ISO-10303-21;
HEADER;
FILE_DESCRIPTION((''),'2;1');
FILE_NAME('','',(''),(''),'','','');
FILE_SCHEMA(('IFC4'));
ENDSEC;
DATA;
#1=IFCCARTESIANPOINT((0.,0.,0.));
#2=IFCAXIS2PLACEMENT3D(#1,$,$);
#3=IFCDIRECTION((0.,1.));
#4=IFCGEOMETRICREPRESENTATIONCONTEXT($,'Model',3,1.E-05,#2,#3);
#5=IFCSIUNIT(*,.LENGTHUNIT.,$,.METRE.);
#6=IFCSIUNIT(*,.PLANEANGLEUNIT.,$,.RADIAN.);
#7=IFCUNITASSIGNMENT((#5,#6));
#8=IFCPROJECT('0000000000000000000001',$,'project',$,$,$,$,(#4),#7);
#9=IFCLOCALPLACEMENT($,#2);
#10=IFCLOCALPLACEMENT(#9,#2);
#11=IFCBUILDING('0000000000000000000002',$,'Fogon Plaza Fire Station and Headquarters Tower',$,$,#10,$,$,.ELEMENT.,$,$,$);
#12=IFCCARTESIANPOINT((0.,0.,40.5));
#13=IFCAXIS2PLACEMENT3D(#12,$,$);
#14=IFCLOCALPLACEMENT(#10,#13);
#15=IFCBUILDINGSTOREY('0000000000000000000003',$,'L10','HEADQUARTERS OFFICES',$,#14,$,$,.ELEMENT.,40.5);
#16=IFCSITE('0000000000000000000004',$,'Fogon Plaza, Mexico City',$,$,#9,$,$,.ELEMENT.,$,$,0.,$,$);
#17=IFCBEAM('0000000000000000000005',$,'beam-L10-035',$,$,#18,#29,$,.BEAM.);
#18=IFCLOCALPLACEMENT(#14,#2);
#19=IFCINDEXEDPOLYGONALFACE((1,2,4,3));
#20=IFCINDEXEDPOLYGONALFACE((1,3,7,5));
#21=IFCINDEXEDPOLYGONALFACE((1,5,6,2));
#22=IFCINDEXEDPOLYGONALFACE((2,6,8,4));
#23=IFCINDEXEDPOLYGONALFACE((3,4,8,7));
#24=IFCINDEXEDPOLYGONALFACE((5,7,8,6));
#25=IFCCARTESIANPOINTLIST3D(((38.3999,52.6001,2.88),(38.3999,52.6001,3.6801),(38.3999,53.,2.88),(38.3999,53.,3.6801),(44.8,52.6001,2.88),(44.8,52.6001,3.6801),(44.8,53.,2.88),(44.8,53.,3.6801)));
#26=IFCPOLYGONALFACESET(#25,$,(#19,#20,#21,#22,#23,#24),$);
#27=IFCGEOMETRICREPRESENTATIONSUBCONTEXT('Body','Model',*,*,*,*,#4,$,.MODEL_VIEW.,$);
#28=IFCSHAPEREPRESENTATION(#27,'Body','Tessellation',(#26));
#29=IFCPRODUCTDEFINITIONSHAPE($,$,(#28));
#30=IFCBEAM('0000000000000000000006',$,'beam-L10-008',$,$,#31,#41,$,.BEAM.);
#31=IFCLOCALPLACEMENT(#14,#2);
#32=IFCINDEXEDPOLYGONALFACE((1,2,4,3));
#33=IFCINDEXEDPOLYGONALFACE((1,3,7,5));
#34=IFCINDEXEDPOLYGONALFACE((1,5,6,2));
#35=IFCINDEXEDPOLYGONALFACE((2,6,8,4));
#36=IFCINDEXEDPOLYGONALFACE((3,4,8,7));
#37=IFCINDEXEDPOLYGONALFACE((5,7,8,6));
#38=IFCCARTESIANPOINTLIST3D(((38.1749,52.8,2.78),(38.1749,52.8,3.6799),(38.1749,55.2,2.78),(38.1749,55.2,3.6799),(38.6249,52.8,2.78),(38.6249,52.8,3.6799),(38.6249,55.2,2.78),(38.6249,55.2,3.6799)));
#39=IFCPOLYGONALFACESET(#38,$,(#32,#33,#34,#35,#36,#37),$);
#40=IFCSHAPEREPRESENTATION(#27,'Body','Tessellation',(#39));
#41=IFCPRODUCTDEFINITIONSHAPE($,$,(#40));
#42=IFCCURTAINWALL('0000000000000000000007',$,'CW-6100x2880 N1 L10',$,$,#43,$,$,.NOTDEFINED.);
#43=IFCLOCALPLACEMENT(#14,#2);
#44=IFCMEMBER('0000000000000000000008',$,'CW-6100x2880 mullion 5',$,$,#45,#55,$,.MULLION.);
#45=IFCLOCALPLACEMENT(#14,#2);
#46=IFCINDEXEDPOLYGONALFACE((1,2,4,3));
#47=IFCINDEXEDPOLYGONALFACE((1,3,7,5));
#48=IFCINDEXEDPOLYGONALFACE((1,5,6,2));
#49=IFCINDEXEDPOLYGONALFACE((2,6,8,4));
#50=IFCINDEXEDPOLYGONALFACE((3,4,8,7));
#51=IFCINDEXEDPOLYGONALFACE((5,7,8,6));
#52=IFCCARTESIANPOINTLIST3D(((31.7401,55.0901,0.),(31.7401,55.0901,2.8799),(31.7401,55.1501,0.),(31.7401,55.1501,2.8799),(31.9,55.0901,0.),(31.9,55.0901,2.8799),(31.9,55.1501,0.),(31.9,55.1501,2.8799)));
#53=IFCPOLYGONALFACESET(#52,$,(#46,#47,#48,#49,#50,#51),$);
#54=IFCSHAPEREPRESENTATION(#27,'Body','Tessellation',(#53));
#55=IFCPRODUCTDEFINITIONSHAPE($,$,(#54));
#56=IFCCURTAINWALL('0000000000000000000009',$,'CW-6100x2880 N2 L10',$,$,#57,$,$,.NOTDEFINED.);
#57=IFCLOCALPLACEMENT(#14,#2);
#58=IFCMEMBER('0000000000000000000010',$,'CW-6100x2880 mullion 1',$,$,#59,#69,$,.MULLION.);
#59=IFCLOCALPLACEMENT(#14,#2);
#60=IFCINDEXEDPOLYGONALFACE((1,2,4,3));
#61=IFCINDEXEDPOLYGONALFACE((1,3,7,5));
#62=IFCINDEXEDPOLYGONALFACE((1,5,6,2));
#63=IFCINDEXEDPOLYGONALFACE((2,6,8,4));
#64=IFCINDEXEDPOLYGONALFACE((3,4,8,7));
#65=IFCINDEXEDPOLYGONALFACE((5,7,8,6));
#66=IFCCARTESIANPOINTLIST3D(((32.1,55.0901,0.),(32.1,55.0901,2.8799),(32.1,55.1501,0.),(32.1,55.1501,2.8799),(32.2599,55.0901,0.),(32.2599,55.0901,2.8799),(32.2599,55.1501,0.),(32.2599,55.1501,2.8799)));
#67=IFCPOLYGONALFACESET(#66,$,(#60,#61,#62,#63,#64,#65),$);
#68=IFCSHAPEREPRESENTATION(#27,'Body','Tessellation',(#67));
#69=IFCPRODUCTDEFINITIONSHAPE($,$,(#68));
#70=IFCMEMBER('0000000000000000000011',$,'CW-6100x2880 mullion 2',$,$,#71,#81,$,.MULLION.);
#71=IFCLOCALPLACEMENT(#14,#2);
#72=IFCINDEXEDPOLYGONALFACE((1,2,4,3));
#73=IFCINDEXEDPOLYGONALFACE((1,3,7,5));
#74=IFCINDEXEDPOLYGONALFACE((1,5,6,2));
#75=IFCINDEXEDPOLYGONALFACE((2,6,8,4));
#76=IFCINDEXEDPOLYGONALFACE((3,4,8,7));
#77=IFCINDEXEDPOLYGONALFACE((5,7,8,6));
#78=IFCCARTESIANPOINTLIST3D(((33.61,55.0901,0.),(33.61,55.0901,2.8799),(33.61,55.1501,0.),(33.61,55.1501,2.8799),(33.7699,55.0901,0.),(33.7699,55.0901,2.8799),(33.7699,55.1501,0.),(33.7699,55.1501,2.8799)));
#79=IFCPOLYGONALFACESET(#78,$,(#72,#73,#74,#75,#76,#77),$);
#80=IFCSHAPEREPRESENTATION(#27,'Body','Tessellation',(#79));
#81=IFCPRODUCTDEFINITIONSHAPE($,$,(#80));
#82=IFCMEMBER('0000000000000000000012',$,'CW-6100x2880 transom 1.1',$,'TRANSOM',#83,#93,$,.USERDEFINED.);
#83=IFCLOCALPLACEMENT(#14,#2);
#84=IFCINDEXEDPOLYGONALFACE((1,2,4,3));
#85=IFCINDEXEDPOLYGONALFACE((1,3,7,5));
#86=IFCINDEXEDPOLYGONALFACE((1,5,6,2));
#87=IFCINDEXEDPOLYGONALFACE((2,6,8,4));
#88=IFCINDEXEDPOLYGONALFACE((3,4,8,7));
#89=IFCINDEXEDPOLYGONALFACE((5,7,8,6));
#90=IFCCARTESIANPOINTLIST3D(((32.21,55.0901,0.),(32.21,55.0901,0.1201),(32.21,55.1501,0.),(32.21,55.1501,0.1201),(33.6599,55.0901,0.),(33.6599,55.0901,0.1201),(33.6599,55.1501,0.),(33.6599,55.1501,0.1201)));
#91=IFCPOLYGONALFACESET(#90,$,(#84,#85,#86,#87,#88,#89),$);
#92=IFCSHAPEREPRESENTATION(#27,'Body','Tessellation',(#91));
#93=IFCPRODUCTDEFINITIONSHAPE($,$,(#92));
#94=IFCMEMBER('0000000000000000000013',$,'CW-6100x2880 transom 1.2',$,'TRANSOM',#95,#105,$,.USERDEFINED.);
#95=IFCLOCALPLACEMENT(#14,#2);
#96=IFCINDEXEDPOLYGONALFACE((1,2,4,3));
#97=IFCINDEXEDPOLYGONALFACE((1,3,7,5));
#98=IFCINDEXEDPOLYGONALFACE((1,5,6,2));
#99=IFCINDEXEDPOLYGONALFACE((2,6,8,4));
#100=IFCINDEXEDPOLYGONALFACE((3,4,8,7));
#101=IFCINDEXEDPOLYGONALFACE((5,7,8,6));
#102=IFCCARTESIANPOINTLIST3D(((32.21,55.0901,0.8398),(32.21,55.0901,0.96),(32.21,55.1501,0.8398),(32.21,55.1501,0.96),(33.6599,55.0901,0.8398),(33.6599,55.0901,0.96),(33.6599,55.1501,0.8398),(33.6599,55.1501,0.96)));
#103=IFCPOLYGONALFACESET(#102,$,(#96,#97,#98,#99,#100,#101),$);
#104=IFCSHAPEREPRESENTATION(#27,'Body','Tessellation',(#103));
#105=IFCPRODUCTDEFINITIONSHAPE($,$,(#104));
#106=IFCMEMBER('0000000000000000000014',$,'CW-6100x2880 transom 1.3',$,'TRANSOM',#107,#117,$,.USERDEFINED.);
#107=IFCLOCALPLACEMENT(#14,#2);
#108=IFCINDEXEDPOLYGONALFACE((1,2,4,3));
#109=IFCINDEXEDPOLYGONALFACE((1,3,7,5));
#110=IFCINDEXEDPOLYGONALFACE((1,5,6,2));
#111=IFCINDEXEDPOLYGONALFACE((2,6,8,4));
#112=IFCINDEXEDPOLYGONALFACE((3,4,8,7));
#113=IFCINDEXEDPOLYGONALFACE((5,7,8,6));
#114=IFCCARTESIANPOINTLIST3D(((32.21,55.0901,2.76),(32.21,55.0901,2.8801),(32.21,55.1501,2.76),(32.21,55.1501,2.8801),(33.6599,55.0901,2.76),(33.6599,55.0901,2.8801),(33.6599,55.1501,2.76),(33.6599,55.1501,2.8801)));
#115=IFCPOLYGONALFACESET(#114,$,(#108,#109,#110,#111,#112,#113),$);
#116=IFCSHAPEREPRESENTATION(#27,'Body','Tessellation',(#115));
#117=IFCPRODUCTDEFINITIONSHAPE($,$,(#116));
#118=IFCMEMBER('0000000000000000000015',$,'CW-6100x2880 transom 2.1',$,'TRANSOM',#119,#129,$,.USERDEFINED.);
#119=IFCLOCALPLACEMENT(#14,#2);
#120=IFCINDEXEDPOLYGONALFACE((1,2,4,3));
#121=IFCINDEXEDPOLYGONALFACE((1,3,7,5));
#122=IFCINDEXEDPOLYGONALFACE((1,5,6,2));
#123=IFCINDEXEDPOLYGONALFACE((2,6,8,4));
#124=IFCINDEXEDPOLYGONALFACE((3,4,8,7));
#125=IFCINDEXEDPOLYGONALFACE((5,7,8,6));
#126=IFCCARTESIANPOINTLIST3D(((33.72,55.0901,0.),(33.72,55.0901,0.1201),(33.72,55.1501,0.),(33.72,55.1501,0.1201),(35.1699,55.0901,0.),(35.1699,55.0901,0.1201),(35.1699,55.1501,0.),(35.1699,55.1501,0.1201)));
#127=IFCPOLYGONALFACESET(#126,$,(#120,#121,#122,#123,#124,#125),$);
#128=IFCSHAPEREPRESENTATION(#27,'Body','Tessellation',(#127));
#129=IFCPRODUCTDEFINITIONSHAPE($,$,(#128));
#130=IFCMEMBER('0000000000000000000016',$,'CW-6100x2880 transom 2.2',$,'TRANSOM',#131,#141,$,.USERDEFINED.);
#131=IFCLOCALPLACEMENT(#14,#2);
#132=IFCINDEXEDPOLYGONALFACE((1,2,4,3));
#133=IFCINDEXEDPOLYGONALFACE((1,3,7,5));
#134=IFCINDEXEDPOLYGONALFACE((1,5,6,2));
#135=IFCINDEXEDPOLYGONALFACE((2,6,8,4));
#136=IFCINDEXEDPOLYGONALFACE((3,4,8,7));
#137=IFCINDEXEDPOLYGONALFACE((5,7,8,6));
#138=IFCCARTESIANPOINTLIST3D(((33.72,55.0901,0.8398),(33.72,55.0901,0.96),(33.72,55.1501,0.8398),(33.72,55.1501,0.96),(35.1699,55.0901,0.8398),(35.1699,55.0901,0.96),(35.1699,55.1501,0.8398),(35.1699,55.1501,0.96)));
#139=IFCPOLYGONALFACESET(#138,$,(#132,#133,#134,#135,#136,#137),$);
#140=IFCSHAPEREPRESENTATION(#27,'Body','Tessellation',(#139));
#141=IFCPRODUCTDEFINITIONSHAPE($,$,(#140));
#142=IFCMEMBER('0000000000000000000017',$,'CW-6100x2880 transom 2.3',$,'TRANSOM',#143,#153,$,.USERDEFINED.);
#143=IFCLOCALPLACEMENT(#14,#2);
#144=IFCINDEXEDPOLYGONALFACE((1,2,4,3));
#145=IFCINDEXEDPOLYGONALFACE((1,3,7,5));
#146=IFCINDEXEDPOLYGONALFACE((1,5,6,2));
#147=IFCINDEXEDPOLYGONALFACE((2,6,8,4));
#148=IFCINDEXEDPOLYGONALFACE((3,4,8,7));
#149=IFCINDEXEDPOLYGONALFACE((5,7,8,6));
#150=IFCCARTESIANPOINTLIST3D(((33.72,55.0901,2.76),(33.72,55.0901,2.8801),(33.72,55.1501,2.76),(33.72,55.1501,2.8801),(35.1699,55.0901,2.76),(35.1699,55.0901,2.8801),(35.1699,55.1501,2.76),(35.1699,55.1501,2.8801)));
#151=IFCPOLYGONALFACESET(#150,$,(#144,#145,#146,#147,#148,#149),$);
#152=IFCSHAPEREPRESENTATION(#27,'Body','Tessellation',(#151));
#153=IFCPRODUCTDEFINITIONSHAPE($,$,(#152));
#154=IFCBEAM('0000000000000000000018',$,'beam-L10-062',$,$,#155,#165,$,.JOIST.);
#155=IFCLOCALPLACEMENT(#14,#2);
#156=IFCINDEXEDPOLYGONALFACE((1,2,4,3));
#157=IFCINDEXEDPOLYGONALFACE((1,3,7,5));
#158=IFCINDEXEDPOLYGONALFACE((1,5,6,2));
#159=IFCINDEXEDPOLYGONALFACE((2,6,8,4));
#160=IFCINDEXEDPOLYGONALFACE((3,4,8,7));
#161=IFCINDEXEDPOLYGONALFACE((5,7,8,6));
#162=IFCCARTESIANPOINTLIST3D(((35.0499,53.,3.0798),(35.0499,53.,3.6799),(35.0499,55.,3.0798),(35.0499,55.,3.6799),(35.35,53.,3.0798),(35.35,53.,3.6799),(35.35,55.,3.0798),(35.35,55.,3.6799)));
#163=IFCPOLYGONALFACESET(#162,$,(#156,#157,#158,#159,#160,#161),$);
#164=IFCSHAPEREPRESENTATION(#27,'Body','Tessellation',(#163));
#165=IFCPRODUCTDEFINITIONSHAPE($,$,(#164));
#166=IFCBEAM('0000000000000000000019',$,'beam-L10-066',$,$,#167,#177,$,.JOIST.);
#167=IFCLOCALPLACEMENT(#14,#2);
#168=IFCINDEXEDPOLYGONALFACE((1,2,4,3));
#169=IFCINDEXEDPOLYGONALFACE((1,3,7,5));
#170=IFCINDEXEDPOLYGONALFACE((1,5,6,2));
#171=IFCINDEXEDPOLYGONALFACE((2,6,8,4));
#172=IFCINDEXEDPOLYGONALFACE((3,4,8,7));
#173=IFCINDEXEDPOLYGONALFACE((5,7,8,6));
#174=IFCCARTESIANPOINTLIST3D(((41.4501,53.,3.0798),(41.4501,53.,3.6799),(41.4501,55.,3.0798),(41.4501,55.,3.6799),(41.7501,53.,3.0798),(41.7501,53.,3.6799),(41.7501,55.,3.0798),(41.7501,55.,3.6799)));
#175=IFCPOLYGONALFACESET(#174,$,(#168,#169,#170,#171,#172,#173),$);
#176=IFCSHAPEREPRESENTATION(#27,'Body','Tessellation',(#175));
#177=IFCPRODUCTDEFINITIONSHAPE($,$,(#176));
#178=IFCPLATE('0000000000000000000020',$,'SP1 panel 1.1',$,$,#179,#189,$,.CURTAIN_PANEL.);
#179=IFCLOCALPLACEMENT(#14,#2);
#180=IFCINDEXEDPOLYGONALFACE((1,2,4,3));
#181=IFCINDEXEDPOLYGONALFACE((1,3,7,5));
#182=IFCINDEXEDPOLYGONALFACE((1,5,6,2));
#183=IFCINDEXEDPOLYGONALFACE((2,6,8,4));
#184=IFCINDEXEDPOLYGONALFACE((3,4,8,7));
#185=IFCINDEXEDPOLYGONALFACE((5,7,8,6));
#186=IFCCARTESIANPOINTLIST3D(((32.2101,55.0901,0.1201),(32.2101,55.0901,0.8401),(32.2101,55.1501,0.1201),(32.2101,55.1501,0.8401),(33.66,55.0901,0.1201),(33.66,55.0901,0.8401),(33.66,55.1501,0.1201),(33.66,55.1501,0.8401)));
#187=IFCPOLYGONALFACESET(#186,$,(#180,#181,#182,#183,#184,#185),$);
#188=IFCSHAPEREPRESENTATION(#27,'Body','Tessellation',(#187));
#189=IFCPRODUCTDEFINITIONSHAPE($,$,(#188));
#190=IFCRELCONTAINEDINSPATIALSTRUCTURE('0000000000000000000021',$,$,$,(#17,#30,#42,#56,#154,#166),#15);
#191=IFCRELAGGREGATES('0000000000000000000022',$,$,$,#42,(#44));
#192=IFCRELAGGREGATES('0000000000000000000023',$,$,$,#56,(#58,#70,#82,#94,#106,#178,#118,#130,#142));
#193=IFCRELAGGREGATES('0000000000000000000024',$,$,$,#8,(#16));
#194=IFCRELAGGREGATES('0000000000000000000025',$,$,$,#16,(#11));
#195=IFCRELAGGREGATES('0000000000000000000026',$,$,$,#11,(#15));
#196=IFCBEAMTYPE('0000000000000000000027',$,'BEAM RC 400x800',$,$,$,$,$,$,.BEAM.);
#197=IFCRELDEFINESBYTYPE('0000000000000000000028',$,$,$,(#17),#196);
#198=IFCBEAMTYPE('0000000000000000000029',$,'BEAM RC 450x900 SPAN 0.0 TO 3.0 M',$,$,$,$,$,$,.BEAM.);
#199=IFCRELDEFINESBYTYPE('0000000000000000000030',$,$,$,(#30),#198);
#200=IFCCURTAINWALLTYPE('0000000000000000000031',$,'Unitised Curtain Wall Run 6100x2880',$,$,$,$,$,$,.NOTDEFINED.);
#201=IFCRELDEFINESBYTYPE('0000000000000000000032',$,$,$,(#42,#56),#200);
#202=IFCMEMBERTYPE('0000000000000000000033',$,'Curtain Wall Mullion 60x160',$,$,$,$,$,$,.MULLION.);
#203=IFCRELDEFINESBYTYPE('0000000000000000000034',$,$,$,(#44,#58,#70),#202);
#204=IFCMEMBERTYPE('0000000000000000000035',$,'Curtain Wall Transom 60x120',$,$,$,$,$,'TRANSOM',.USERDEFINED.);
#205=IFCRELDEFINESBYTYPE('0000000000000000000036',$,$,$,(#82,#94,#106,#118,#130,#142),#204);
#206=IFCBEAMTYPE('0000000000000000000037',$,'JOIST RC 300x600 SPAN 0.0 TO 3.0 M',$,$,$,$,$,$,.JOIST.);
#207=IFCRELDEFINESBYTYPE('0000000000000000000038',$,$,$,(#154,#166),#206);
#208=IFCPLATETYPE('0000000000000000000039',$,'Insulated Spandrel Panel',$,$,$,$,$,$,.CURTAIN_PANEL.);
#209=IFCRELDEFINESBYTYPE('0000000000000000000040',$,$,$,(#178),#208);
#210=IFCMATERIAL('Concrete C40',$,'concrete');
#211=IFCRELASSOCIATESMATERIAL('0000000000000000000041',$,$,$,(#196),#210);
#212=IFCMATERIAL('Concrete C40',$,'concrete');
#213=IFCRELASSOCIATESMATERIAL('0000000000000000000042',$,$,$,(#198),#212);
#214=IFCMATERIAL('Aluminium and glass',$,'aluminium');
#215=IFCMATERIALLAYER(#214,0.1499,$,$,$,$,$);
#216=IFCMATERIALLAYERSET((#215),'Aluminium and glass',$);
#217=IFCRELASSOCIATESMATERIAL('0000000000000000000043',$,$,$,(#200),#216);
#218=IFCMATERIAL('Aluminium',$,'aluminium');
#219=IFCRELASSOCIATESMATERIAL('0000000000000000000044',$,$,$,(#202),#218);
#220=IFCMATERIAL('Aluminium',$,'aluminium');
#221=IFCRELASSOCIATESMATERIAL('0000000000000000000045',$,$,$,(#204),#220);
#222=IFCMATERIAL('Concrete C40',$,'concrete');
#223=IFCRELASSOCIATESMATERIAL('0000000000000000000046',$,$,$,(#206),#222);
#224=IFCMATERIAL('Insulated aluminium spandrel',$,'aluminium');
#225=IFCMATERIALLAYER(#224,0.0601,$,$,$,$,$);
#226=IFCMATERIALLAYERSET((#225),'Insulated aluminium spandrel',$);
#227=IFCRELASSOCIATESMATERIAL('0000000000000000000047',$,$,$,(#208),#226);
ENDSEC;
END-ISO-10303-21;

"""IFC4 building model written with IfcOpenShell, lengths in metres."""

from ifc_helpers import new_model, si_unit, direction, frame, origin, origin_2d, place, context, subcontext, project, spatial, rectangle, extrude, material, layer, layer_set, material_profile, profile_set, type_object, element, aggregate, save


model = new_model("IFC4")

# Units and contexts
model_context = context("Model", 3, precision=1e-05, world=origin(), true_north=direction((0.0, 1.0)))
body_context = subcontext(model_context, "Body", "Model", "MODEL_VIEW")
ifc_project = project(units=[si_unit("LENGTHUNIT", "METRE"), si_unit("PLANEANGLEUNIT", "RADIAN")], contexts=[model_context])

# Site, building, storey
site_placement = place(None, origin())
site = spatial("IfcSite", under=ifc_project, at=site_placement, Name="Fogon Plaza, Mexico City", CompositionType="ELEMENT", RefElevation=0.0)
building_placement = place(site_placement, origin())
building = spatial("IfcBuilding", under=site, at=building_placement, Name="Fogon Plaza Fire Station and Headquarters Tower", CompositionType="ELEMENT")
storey_placement = place(building_placement, frame((0.0, 0.0, 40.5)))
storey = spatial("IfcBuildingStorey", under=building, at=storey_placement, Name="L10", Description="HEADQUARTERS OFFICES", CompositionType="ELEMENT", Elevation=40.5)

# Beams
ifc_material_1 = material(Name="Concrete C40", Category="concrete")
ifc_material_profile_1 = material_profile(ifc_material_1, rectangle(XDim=0.3999, YDim=0.8, at=origin_2d()), Name="RC 400x800")
ifc_profile_set_1 = profile_set([ifc_material_profile_1], Name="Concrete C40")
beam_type_1 = type_object("IfcBeamType", Name="BEAM RC 400x800", PredefinedType="BEAM", material=ifc_profile_set_1)
beam_1_placement = place(storey_placement, frame((38.3999, 52.8, 3.28), z_axis=(1.0, 0.0, 0.0), x_axis=(0.0, 1.0, 0.0)))
element("IfcBeam", 1, at=beam_1_placement, inside=storey, type_object=beam_type_1, Name="beam-L10-035", PredefinedType="BEAM", context=body_context, shape_type="SweptSolid", body=[
    extrude(rectangle(XDim=0.3999, YDim=0.8, at=origin_2d()), origin(), (0.0, 0.0, 1.0), 6.4001),
])
ifc_material_2 = material(Name="Concrete C40", Category="concrete")
ifc_material_profile_2 = material_profile(ifc_material_2, rectangle(XDim=0.45, YDim=0.8999, at=origin_2d()), Name="RC 450x900")
ifc_profile_set_2 = profile_set([ifc_material_profile_2], Name="Concrete C40")
beam_type_2 = type_object("IfcBeamType", Name="BEAM RC 450x900 SPAN 0.0 TO 3.0 M", PredefinedType="BEAM", material=ifc_profile_set_2)
beam_2_placement = place(storey_placement, frame((38.3999, 52.8, 3.23), z_axis=(0.0, 1.0, 0.0), x_axis=(-1.0, 0.0, 0.0)))
element("IfcBeam", 2, at=beam_2_placement, inside=storey, type_object=beam_type_2, Name="beam-L10-008", PredefinedType="BEAM", context=body_context, shape_type="SweptSolid", body=[
    extrude(rectangle(XDim=0.45, YDim=0.8999, at=origin_2d()), origin(), (0.0, 0.0, 1.0), 2.3999),
])

# Curtain wall, member
ifc_material_3 = material(Name="Aluminium and glass", Category="aluminium")
ifc_layer_1 = layer(ifc_material_3, 0.1499)
ifc_layer_set_1 = layer_set([ifc_layer_1], Name="Aluminium and glass")
curtain_wall_type = type_object("IfcCurtainWallType", Name="Unitised Curtain Wall Run 6100x2880", PredefinedType="NOTDEFINED", material=ifc_layer_set_1)
curtain_wall_1_placement = place(storey_placement, origin())
curtain_wall_1 = element("IfcCurtainWall", 3, at=curtain_wall_1_placement, inside=storey, type_object=curtain_wall_type, Name="CW-6100x2880 N1 L10", PredefinedType="NOTDEFINED")
ifc_material_4 = material(Name="Aluminium", Category="aluminium")
ifc_material_profile_3 = material_profile(ifc_material_4, rectangle(XDim=0.0601, YDim=0.1599, at=origin_2d()), Name="Curtain Wall Mullion 60x160")
ifc_profile_set_3 = profile_set([ifc_material_profile_3], Name="Aluminium")
member_type_1 = type_object("IfcMemberType", Name="Curtain Wall Mullion 60x160", PredefinedType="MULLION", material=ifc_profile_set_3)
member_1_placement = place(storey_placement, frame((31.8201, 55.1201, 0.0), z_axis=(0.0, 0.0, 1.0), x_axis=(0.0, 1.0, 0.0)))
member_1 = element("IfcMember", 4, at=member_1_placement, type_object=member_type_1, Name="CW-6100x2880 mullion 5", PredefinedType="MULLION", context=body_context, shape_type="SweptSolid", body=[
    extrude(rectangle(XDim=0.0601, YDim=0.1599, at=origin_2d()), origin(), (0.0, 0.0, 1.0), 2.8799),
])
aggregate(curtain_wall_1, [member_1])

# Curtain wall, members
curtain_wall_2_placement = place(storey_placement, origin())
curtain_wall_2 = element("IfcCurtainWall", 5, at=curtain_wall_2_placement, inside=storey, type_object=curtain_wall_type, Name="CW-6100x2880 N2 L10", PredefinedType="NOTDEFINED")
member_2_placement = place(storey_placement, frame((32.1799, 55.1201, 0.0), z_axis=(0.0, 0.0, 1.0), x_axis=(0.0, 1.0, 0.0)))
member_2 = element("IfcMember", 6, at=member_2_placement, type_object=member_type_1, Name="CW-6100x2880 mullion 1", PredefinedType="MULLION", context=body_context, shape_type="SweptSolid", body=[
    extrude(rectangle(XDim=0.0601, YDim=0.1599, at=origin_2d()), origin(), (0.0, 0.0, 1.0), 2.8799),
])
member_3_placement = place(storey_placement, frame((33.6899, 55.1201, 0.0), z_axis=(0.0, 0.0, 1.0), x_axis=(0.0, 1.0, 0.0)))
member_3 = element("IfcMember", 7, at=member_3_placement, type_object=member_type_1, Name="CW-6100x2880 mullion 2", PredefinedType="MULLION", context=body_context, shape_type="SweptSolid", body=[
    extrude(rectangle(XDim=0.0601, YDim=0.1599, at=origin_2d()), origin(), (0.0, 0.0, 1.0), 2.8799),
])
ifc_material_5 = material(Name="Aluminium", Category="aluminium")
ifc_material_profile_4 = material_profile(ifc_material_5, rectangle(XDim=0.0601, YDim=0.1201, at=origin_2d()), Name="Curtain Wall Transom 60x120")
ifc_profile_set_4 = profile_set([ifc_material_profile_4], Name="Aluminium")
member_type_2 = type_object("IfcMemberType", Name="Curtain Wall Transom 60x120", ElementType="TRANSOM", PredefinedType="USERDEFINED", material=ifc_profile_set_4)
member_4_placement = place(storey_placement, frame((32.21, 55.1201, 0.0601), z_axis=(1.0, 0.0, 0.0), x_axis=(0.0, 1.0, 0.0)))
member_4 = element("IfcMember", 8, at=member_4_placement, type_object=member_type_2, Name="CW-6100x2880 transom 1.1", ObjectType="TRANSOM", PredefinedType="USERDEFINED", context=body_context, shape_type="SweptSolid", body=[
    extrude(rectangle(XDim=0.0601, YDim=0.1201, at=origin_2d()), origin(), (0.0, 0.0, 1.0), 1.45),
])
member_5_placement = place(storey_placement, frame((32.21, 55.1201, 0.8999), z_axis=(1.0, 0.0, 0.0), x_axis=(0.0, 1.0, 0.0)))
member_5 = element("IfcMember", 9, at=member_5_placement, type_object=member_type_2, Name="CW-6100x2880 transom 1.2", ObjectType="TRANSOM", PredefinedType="USERDEFINED", context=body_context, shape_type="SweptSolid", body=[
    extrude(rectangle(XDim=0.0601, YDim=0.1201, at=origin_2d()), origin(), (0.0, 0.0, 1.0), 1.45),
])
member_6_placement = place(storey_placement, frame((32.21, 55.1201, 2.8201), z_axis=(1.0, 0.0, 0.0), x_axis=(0.0, 1.0, 0.0)))
member_6 = element("IfcMember", 10, at=member_6_placement, type_object=member_type_2, Name="CW-6100x2880 transom 1.3", ObjectType="TRANSOM", PredefinedType="USERDEFINED", context=body_context, shape_type="SweptSolid", body=[
    extrude(rectangle(XDim=0.0601, YDim=0.1201, at=origin_2d()), origin(), (0.0, 0.0, 1.0), 1.45),
])
member_7_placement = place(storey_placement, frame((33.72, 55.1201, 0.0601), z_axis=(1.0, 0.0, 0.0), x_axis=(0.0, 1.0, 0.0)))
member_7 = element("IfcMember", 11, at=member_7_placement, type_object=member_type_2, Name="CW-6100x2880 transom 2.1", ObjectType="TRANSOM", PredefinedType="USERDEFINED", context=body_context, shape_type="SweptSolid", body=[
    extrude(rectangle(XDim=0.0601, YDim=0.1201, at=origin_2d()), origin(), (0.0, 0.0, 1.0), 1.45),
])
member_8_placement = place(storey_placement, frame((33.72, 55.1201, 0.8999), z_axis=(1.0, 0.0, 0.0), x_axis=(0.0, 1.0, 0.0)))
member_8 = element("IfcMember", 12, at=member_8_placement, type_object=member_type_2, Name="CW-6100x2880 transom 2.2", ObjectType="TRANSOM", PredefinedType="USERDEFINED", context=body_context, shape_type="SweptSolid", body=[
    extrude(rectangle(XDim=0.0601, YDim=0.1201, at=origin_2d()), origin(), (0.0, 0.0, 1.0), 1.45),
])
member_9_placement = place(storey_placement, frame((33.72, 55.1201, 2.8201), z_axis=(1.0, 0.0, 0.0), x_axis=(0.0, 1.0, 0.0)))
member_9 = element("IfcMember", 13, at=member_9_placement, type_object=member_type_2, Name="CW-6100x2880 transom 2.3", ObjectType="TRANSOM", PredefinedType="USERDEFINED", context=body_context, shape_type="SweptSolid", body=[
    extrude(rectangle(XDim=0.0601, YDim=0.1201, at=origin_2d()), origin(), (0.0, 0.0, 1.0), 1.45),
])

# Beams
ifc_material_6 = material(Name="Concrete C40", Category="concrete")
ifc_material_profile_5 = material_profile(ifc_material_6, rectangle(XDim=0.3, YDim=0.6001, at=origin_2d()), Name="RC 300x600")
ifc_profile_set_5 = profile_set([ifc_material_profile_5], Name="Concrete C40")
beam_type_3 = type_object("IfcBeamType", Name="JOIST RC 300x600 SPAN 0.0 TO 3.0 M", PredefinedType="JOIST", material=ifc_profile_set_5)
for number, where, z_axis, x_axis, name in (
    (14, (35.2, 53.0, 3.3799), (0.0, 1.0, 0.0), (-1.0, 0.0, 0.0), "beam-L10-062"),
    (15, (41.6001, 53.0, 3.3799), (0.0, 1.0, 0.0), (-1.0, 0.0, 0.0), "beam-L10-066"),
):
    element("IfcBeam", number, at=place(storey_placement, frame(where, z_axis=z_axis, x_axis=x_axis)), inside=storey, type_object=beam_type_3, Name=name, PredefinedType="JOIST", context=body_context, shape_type="SweptSolid", body=[
        extrude(rectangle(XDim=0.3, YDim=0.6001, at=origin_2d()), origin(), (0.0, 0.0, 1.0), 2.0),
    ])

# Plate
ifc_material_7 = material(Name="Insulated aluminium spandrel", Category="aluminium")
ifc_layer_2 = layer(ifc_material_7, 0.0601)
ifc_layer_set_2 = layer_set([ifc_layer_2], Name="Insulated aluminium spandrel")
plate_type_1 = type_object("IfcPlateType", Name="Insulated Spandrel Panel", PredefinedType="CURTAIN_PANEL", material=ifc_layer_set_2)
plate_1_placement = place(storey_placement, frame((32.9351, 55.1201, 0.1201), z_axis=(0.0, 0.0, 1.0), x_axis=(1.0, 0.0, 0.0)))
plate_1 = element("IfcPlate", 16, at=plate_1_placement, type_object=plate_type_1, Name="SP1 panel 1.1", PredefinedType="CURTAIN_PANEL", context=body_context, shape_type="SweptSolid", body=[
    extrude(rectangle(XDim=1.45, YDim=0.0601, at=origin_2d()), origin(), (0.0, 0.0, 1.0), 0.72),
])
aggregate(curtain_wall_2, [member_2, member_3, member_4, member_5, member_6, plate_1, member_7, member_8, member_9])

save(model, "model.ifc")
